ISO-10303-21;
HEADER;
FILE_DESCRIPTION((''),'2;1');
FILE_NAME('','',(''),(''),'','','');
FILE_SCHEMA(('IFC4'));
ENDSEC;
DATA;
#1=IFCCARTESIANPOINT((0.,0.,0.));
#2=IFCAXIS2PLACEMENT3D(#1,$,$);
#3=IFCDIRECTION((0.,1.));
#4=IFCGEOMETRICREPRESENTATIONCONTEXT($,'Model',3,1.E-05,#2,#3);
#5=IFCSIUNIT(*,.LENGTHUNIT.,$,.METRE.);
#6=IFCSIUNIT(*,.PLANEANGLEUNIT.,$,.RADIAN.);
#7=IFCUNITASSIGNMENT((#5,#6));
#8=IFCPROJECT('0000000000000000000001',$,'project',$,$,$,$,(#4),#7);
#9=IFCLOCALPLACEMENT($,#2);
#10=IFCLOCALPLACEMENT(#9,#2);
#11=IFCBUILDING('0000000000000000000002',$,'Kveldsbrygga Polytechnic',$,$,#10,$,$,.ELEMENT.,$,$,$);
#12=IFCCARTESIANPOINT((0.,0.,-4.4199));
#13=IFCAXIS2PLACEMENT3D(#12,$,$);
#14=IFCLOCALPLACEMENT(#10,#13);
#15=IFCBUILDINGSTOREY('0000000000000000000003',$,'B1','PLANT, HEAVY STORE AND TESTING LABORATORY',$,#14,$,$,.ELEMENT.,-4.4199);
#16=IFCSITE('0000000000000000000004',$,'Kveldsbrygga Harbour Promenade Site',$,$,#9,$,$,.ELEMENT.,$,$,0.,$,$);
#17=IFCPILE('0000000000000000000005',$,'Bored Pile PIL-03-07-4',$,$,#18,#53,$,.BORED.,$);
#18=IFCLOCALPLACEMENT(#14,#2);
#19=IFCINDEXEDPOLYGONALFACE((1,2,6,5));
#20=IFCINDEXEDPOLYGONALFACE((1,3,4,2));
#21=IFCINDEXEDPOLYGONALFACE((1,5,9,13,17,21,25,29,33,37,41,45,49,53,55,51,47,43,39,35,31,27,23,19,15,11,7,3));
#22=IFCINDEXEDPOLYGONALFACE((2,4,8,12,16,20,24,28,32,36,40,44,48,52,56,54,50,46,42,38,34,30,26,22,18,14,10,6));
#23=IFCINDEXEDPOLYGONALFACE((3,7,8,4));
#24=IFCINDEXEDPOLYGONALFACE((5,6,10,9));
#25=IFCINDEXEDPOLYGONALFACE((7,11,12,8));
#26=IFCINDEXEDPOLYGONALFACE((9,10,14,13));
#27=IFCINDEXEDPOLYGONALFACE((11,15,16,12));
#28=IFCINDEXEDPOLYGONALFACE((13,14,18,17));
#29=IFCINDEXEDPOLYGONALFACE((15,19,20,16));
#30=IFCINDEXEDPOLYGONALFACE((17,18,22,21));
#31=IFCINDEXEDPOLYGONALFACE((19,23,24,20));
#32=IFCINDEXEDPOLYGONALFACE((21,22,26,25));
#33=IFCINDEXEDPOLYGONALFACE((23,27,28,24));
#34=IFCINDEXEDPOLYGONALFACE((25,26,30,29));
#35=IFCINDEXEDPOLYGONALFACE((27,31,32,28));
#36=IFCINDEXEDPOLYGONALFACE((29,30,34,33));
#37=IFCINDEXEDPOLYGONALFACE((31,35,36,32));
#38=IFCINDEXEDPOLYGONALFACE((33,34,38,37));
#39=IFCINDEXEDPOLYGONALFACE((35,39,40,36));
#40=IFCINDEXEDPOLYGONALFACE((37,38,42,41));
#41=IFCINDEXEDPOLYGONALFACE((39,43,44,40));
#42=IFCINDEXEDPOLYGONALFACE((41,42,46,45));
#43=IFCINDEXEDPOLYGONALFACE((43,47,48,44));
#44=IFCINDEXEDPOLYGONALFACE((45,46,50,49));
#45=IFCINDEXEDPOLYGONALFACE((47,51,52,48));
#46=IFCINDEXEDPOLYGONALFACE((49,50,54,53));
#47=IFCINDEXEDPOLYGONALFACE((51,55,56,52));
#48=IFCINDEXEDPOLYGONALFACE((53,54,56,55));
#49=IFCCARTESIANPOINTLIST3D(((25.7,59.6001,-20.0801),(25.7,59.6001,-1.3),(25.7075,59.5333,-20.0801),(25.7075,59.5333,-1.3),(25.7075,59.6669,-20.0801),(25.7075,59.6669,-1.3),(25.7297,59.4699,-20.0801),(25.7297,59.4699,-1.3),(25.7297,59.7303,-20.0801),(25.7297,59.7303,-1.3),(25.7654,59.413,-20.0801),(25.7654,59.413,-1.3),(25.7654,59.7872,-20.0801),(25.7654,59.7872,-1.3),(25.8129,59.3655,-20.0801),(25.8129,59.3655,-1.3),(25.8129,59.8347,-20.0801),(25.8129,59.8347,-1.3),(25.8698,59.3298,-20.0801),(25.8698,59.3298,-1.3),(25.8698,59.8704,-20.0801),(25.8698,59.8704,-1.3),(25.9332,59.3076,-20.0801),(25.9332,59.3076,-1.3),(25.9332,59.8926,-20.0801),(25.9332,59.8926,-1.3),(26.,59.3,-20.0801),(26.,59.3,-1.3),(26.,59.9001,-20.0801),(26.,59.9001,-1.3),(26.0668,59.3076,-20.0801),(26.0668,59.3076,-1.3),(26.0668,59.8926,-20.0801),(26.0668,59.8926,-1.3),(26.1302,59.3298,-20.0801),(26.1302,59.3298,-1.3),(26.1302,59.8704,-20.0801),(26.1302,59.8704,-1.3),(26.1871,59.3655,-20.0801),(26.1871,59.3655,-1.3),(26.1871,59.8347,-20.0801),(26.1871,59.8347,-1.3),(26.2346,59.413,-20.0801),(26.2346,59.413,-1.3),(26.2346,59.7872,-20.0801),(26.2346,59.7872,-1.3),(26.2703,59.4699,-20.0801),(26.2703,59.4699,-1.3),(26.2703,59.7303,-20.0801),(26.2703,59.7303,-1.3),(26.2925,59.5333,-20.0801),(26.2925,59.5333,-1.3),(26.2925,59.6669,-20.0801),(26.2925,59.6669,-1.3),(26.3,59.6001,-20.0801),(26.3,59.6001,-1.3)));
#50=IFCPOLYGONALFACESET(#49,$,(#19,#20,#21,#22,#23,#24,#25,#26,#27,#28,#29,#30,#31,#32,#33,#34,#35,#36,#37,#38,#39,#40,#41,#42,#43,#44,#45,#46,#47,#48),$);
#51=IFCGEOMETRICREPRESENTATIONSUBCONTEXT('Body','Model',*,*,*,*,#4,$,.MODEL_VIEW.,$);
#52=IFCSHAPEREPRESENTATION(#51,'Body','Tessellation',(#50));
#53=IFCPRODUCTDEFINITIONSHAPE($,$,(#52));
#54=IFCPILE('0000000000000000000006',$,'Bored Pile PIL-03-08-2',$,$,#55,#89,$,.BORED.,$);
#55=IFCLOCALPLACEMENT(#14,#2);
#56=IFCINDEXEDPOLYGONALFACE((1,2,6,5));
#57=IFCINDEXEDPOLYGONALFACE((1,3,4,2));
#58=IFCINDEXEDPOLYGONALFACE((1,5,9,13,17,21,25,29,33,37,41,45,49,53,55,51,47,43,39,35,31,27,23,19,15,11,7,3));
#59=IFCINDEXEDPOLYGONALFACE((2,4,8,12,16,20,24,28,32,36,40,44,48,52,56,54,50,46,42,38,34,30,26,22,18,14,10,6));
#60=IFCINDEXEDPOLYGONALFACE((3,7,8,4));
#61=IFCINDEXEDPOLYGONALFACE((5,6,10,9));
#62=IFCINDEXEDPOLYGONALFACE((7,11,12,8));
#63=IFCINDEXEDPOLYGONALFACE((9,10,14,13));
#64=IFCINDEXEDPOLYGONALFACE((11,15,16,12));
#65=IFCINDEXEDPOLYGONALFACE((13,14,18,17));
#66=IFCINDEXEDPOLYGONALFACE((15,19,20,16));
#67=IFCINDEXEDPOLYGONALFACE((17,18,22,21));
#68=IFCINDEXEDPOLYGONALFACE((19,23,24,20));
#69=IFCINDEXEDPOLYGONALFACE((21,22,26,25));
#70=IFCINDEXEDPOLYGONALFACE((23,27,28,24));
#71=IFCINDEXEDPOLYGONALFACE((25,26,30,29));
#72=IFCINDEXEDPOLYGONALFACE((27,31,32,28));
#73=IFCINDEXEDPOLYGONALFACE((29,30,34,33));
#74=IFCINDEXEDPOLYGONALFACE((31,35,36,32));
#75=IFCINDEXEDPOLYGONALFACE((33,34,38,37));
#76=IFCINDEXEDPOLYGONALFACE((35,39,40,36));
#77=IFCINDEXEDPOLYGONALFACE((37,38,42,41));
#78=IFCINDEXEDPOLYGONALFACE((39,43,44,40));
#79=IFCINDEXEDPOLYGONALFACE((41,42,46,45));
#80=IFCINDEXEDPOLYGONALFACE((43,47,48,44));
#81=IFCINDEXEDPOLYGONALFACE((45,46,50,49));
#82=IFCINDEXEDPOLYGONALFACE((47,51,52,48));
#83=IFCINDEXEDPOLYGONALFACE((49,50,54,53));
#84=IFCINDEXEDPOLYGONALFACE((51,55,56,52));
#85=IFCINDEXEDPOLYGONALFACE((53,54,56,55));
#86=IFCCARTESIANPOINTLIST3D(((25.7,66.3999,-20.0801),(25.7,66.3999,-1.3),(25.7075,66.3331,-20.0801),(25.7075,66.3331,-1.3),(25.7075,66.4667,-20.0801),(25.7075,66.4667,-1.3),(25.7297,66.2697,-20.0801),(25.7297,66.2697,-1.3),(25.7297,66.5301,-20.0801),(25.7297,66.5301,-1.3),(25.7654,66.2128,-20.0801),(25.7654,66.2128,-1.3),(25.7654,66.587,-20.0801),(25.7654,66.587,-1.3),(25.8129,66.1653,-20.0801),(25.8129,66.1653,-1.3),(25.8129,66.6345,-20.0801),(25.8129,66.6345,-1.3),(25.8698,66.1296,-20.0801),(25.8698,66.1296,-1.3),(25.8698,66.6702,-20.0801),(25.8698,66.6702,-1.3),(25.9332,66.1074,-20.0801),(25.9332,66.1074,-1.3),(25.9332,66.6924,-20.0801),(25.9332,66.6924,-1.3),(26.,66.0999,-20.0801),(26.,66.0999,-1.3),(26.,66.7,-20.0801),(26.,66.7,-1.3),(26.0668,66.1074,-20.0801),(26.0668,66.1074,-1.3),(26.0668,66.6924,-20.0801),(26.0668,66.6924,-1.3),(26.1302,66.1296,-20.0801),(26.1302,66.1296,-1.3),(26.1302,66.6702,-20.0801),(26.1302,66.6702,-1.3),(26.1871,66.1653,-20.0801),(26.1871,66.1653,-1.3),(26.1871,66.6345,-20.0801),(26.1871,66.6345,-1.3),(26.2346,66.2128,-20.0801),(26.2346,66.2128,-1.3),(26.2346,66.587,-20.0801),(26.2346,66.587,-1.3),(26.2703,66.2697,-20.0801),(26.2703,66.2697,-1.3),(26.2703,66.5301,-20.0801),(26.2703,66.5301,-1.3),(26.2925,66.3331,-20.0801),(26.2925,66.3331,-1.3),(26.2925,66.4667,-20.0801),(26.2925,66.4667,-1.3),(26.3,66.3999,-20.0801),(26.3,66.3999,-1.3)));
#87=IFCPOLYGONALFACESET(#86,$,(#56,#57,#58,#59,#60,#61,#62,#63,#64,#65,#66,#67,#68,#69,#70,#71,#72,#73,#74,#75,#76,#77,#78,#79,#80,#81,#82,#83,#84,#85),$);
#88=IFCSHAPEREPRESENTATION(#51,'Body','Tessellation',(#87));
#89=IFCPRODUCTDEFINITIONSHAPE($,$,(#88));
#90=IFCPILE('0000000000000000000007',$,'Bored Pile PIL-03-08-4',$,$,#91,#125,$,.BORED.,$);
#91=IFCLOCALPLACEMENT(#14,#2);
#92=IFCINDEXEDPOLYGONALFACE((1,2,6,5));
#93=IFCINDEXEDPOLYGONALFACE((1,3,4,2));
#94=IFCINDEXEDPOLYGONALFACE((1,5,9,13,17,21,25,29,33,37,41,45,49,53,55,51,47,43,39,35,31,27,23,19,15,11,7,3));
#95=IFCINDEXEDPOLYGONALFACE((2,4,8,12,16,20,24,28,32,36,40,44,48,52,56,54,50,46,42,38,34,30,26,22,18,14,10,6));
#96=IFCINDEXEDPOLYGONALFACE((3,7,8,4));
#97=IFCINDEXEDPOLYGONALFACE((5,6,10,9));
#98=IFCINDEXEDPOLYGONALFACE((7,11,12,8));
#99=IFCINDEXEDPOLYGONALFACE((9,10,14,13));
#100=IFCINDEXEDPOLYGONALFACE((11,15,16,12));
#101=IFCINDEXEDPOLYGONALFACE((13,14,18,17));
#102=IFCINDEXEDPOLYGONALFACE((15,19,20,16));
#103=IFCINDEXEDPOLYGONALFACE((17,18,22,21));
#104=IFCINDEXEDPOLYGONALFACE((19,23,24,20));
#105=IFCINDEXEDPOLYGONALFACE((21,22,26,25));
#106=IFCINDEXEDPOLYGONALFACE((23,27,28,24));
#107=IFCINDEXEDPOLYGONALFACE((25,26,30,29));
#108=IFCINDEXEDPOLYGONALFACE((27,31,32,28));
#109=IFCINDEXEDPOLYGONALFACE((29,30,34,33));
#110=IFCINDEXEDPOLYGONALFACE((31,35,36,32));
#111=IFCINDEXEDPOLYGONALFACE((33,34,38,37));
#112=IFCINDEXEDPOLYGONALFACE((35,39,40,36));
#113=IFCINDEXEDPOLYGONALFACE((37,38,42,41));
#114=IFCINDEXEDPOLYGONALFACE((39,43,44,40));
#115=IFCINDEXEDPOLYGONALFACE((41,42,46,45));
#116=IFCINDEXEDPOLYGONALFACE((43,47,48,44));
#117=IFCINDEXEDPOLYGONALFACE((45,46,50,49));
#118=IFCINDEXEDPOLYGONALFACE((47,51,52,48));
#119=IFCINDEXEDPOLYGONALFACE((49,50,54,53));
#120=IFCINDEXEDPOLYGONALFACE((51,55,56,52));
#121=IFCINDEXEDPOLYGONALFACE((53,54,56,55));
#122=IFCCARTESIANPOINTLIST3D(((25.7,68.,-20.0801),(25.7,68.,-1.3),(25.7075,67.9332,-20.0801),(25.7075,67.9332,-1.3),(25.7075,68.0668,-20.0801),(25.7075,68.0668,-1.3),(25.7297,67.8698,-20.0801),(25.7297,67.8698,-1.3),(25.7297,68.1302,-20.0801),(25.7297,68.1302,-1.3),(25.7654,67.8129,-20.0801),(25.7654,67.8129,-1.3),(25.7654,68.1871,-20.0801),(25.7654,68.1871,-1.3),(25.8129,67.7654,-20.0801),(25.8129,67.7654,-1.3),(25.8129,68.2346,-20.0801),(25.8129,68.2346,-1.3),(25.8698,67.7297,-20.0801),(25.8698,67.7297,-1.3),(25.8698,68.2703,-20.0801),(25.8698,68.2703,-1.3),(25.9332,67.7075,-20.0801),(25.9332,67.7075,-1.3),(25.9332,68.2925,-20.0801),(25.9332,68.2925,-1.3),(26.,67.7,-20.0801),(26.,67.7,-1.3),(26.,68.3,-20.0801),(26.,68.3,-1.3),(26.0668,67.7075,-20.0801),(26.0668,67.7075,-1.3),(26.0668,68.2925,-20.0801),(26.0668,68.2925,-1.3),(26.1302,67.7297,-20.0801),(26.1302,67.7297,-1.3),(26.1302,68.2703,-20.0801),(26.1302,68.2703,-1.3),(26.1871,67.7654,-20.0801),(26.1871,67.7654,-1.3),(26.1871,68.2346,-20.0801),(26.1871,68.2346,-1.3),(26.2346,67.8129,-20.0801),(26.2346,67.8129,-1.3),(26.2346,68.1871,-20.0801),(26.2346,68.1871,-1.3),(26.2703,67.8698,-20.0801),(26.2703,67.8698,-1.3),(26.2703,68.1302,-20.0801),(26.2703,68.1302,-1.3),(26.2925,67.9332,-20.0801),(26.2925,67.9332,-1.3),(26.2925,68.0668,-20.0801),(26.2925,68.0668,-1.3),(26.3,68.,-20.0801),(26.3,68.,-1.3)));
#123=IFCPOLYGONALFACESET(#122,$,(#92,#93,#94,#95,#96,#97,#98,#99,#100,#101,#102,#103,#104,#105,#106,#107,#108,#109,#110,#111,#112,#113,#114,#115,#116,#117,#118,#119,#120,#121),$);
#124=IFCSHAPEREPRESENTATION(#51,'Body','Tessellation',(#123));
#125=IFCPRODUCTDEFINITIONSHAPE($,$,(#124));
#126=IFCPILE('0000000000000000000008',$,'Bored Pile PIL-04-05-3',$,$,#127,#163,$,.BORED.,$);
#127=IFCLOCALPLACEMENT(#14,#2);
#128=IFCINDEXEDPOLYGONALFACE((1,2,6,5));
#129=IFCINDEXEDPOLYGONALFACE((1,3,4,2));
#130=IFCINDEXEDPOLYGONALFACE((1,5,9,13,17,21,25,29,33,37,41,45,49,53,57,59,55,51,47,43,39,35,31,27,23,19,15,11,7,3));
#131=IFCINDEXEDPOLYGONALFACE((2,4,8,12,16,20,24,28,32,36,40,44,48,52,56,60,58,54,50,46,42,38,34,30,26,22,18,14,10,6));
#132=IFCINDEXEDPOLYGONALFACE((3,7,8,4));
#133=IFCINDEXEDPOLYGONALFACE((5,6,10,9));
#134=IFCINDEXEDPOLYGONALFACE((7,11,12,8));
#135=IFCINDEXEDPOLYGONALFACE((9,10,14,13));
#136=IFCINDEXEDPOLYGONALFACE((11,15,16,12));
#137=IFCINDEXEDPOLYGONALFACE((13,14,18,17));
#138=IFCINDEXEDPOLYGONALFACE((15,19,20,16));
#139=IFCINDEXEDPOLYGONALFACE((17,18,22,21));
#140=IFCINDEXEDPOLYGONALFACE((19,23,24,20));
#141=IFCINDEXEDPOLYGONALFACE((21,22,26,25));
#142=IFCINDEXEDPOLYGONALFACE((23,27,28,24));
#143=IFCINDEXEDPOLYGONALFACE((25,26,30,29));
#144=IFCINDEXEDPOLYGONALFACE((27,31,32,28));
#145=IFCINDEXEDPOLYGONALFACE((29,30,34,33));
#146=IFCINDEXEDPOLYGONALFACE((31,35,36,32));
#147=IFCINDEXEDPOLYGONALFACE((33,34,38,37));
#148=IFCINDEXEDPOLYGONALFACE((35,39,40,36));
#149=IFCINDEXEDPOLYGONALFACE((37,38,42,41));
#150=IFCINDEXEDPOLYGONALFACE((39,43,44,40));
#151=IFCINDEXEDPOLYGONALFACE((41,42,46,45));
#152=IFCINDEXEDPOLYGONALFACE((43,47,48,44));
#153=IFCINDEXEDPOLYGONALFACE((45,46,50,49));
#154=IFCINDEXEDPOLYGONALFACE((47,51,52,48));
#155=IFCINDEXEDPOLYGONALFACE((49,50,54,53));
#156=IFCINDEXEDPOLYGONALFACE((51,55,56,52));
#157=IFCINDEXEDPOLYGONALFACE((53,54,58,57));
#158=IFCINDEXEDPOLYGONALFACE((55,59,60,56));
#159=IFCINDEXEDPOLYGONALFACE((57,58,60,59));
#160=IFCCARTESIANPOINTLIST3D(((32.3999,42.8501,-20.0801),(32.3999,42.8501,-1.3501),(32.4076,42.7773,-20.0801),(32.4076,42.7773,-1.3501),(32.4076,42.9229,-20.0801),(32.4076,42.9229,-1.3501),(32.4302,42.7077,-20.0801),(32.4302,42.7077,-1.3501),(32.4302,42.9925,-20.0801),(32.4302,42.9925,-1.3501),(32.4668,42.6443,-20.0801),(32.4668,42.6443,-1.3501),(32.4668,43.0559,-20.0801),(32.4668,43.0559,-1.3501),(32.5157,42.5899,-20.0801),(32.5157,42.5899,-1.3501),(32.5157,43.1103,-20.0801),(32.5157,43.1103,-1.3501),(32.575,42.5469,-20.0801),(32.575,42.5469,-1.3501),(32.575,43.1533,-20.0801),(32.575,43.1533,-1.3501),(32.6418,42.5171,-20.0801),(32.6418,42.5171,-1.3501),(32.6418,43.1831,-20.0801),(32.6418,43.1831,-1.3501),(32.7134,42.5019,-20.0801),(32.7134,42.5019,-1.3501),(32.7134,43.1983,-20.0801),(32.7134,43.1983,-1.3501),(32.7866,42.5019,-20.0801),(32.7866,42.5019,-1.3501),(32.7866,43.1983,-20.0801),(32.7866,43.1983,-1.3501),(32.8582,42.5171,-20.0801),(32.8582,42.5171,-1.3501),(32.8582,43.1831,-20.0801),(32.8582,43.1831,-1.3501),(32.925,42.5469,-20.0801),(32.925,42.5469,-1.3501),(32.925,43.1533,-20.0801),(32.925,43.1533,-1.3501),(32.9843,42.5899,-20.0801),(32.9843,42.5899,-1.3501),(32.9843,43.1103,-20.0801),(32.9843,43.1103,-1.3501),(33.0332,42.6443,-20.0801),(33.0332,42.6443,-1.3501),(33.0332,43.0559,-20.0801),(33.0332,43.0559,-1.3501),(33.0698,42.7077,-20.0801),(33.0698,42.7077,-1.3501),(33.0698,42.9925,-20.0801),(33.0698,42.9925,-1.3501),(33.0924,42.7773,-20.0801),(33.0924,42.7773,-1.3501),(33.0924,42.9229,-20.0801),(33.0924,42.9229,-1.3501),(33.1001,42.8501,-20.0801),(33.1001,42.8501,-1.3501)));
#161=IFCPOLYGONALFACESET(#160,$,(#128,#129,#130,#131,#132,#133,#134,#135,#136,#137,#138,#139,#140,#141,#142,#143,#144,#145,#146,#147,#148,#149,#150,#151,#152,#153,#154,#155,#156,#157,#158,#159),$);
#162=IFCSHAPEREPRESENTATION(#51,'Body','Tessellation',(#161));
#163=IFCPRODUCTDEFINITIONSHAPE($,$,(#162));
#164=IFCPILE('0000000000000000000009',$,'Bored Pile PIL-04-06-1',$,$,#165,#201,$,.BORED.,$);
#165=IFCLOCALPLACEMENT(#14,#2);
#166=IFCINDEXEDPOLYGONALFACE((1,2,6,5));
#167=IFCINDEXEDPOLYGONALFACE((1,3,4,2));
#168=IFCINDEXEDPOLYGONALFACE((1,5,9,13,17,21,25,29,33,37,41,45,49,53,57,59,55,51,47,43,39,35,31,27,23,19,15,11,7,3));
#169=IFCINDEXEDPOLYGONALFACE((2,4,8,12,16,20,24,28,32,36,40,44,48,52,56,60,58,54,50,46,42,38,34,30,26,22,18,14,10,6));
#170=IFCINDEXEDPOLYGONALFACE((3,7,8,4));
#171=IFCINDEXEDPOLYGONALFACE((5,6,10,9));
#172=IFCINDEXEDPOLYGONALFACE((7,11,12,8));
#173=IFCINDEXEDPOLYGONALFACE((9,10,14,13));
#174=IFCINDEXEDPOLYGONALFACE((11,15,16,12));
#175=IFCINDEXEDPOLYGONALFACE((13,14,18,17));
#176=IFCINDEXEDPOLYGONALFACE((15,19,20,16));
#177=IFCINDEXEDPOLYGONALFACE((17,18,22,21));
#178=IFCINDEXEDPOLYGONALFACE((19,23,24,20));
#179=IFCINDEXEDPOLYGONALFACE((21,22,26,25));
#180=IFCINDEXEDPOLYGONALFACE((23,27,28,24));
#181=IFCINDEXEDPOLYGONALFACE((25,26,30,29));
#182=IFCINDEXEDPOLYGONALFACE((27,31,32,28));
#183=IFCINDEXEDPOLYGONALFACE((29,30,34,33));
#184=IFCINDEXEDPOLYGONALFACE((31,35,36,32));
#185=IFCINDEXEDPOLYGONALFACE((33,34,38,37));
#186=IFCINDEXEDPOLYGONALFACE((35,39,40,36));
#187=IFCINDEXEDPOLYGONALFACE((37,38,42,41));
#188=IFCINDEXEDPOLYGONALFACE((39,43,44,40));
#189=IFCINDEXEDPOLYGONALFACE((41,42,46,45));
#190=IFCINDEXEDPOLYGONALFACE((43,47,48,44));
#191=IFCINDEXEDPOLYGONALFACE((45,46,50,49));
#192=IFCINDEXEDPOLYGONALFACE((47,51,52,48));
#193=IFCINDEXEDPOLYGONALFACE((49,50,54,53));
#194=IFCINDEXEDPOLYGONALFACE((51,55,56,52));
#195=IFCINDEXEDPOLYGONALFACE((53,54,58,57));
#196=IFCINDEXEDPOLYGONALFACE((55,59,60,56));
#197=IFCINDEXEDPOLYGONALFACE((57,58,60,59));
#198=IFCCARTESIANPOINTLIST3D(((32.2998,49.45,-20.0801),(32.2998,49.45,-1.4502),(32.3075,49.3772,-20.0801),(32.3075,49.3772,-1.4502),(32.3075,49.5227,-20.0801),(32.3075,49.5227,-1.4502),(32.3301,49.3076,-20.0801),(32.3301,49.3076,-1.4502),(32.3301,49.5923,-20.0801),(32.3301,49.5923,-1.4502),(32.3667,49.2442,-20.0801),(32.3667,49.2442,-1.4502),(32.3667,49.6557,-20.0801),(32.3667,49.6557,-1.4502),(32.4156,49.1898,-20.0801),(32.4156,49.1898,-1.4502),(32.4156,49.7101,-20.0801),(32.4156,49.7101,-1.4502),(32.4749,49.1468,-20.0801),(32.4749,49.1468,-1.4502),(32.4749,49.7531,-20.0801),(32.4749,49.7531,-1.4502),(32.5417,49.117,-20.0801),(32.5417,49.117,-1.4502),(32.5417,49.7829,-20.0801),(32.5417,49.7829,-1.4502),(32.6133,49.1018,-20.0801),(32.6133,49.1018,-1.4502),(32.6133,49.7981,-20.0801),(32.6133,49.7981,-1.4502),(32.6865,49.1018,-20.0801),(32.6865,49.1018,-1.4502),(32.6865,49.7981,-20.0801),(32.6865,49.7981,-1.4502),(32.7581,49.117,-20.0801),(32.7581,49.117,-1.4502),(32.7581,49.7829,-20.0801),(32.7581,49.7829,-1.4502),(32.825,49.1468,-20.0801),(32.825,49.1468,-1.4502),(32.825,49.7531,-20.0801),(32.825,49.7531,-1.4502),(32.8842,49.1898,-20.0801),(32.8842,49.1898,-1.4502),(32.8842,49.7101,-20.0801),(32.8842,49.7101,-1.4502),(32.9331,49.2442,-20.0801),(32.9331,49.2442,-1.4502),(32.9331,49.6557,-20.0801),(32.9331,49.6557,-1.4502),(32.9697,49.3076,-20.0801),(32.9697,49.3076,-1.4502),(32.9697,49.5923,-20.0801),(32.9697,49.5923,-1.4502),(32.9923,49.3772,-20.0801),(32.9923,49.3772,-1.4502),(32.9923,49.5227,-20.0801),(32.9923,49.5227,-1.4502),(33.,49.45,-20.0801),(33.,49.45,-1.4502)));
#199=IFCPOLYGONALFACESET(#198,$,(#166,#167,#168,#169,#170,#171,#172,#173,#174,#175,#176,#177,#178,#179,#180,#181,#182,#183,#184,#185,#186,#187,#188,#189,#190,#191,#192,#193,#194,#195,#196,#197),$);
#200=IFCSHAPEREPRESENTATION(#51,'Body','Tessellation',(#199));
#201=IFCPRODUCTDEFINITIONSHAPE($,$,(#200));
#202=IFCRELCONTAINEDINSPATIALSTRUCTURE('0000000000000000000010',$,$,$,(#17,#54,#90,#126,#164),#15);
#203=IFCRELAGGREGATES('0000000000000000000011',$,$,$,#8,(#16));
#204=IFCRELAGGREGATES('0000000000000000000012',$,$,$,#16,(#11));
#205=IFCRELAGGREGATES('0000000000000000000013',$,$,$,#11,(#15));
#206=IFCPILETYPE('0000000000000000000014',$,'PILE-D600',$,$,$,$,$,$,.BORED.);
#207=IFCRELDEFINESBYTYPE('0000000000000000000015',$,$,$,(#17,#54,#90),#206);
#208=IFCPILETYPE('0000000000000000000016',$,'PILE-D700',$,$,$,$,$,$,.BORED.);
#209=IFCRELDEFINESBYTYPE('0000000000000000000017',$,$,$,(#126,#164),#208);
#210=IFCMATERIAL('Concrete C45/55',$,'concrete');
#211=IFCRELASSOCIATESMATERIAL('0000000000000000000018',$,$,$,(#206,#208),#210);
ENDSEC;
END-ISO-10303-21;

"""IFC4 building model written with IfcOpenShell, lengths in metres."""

from ifc_helpers import new_model, si_unit, direction, frame, origin, origin_2d, place, context, subcontext, project, spatial, circle, extrude, material, material_profile, profile_set, type_object, element, save


model = new_model("IFC4")

# Units and contexts
model_context = context("Model", 3, precision=1e-05, world=origin(), true_north=direction((0.0, 1.0)))
body_context = subcontext(model_context, "Body", "Model", "MODEL_VIEW")
ifc_project = project(units=[si_unit("LENGTHUNIT", "METRE"), si_unit("PLANEANGLEUNIT", "RADIAN")], contexts=[model_context])

# Site, building, storey
site_placement = place(None, origin())
site = spatial("IfcSite", under=ifc_project, at=site_placement, Name="Kveldsbrygga Harbour Promenade Site", CompositionType="ELEMENT", RefElevation=0.0)
building_placement = place(site_placement, origin())
building = spatial("IfcBuilding", under=site, at=building_placement, Name="Kveldsbrygga Polytechnic", CompositionType="ELEMENT")
storey_placement = place(building_placement, frame((0.0, 0.0, -4.4199)))
storey = spatial("IfcBuildingStorey", under=building, at=storey_placement, Name="B1", Description="PLANT, HEAVY STORE AND TESTING LABORATORY", CompositionType="ELEMENT", Elevation=-4.4199)

# Shared definitions
ifc_material_1 = material(Name="Concrete C45/55", Category="concrete")

# Piles
ifc_material_profile_1 = material_profile(ifc_material_1, circle(Radius=0.3, at=origin_2d()), Name="PILE D600")
ifc_profile_set_1 = profile_set([ifc_material_profile_1], Name="Concrete C45/55")
pile_type_1 = type_object("IfcPileType", Name="PILE-D600", PredefinedType="BORED", material=ifc_profile_set_1)
for number, where, z_axis, x_axis, name in (
    (1, (26.0, 59.6001, -1.3), (0.0, 0.0, -1.0), (1.0, 0.0, 0.0), "Bored Pile PIL-03-07-4"),
    (2, (26.0, 66.3999, -1.3), (0.0, 0.0, -1.0), (1.0, 0.0, 0.0), "Bored Pile PIL-03-08-2"),
    (3, (26.0, 68.0, -1.3), (0.0, 0.0, -1.0), (1.0, 0.0, 0.0), "Bored Pile PIL-03-08-4"),
):
    element("IfcPile", number, at=place(storey_placement, frame(where, z_axis=z_axis, x_axis=x_axis)), inside=storey, type_object=pile_type_1, Name=name, PredefinedType="BORED", context=body_context, shape_type="SweptSolid", body=[
        extrude(circle(Radius=0.3, at=origin_2d()), origin(), (0.0, 0.0, 1.0), 18.78),
    ])
ifc_material_profile_2 = material_profile(ifc_material_1, circle(Radius=0.3501, at=origin_2d()), Name="PILE D700")
ifc_profile_set_2 = profile_set([ifc_material_profile_2], Name="Concrete C45/55")
pile_type_2 = type_object("IfcPileType", Name="PILE-D700", PredefinedType="BORED", material=ifc_profile_set_2)
pile_1_placement = place(storey_placement, frame((32.75, 42.8501, -1.3501), z_axis=(0.0, 0.0, -1.0), x_axis=(1.0, 0.0, 0.0)))
element("IfcPile", 4, at=pile_1_placement, inside=storey, type_object=pile_type_2, Name="Bored Pile PIL-04-05-3", PredefinedType="BORED", context=body_context, shape_type="SweptSolid", body=[
    extrude(circle(Radius=0.3501, at=origin_2d()), origin(), (0.0, 0.0, 1.0), 18.73),
])
for number, where, z_axis, x_axis, name in (
    (5, (32.6499, 49.45, -1.4502), (0.0, 0.0, -1.0), (1.0, 0.0, 0.0), "Bored Pile PIL-04-06-1"),
):
    element("IfcPile", number, at=place(storey_placement, frame(where, z_axis=z_axis, x_axis=x_axis)), inside=storey, type_object=pile_type_2, Name=name, PredefinedType="BORED", context=body_context, shape_type="SweptSolid", body=[
        extrude(circle(Radius=0.3501, at=origin_2d()), origin(), (0.0, 0.0, 1.0), 18.6299),
    ])

save(model, "model.ifc")
